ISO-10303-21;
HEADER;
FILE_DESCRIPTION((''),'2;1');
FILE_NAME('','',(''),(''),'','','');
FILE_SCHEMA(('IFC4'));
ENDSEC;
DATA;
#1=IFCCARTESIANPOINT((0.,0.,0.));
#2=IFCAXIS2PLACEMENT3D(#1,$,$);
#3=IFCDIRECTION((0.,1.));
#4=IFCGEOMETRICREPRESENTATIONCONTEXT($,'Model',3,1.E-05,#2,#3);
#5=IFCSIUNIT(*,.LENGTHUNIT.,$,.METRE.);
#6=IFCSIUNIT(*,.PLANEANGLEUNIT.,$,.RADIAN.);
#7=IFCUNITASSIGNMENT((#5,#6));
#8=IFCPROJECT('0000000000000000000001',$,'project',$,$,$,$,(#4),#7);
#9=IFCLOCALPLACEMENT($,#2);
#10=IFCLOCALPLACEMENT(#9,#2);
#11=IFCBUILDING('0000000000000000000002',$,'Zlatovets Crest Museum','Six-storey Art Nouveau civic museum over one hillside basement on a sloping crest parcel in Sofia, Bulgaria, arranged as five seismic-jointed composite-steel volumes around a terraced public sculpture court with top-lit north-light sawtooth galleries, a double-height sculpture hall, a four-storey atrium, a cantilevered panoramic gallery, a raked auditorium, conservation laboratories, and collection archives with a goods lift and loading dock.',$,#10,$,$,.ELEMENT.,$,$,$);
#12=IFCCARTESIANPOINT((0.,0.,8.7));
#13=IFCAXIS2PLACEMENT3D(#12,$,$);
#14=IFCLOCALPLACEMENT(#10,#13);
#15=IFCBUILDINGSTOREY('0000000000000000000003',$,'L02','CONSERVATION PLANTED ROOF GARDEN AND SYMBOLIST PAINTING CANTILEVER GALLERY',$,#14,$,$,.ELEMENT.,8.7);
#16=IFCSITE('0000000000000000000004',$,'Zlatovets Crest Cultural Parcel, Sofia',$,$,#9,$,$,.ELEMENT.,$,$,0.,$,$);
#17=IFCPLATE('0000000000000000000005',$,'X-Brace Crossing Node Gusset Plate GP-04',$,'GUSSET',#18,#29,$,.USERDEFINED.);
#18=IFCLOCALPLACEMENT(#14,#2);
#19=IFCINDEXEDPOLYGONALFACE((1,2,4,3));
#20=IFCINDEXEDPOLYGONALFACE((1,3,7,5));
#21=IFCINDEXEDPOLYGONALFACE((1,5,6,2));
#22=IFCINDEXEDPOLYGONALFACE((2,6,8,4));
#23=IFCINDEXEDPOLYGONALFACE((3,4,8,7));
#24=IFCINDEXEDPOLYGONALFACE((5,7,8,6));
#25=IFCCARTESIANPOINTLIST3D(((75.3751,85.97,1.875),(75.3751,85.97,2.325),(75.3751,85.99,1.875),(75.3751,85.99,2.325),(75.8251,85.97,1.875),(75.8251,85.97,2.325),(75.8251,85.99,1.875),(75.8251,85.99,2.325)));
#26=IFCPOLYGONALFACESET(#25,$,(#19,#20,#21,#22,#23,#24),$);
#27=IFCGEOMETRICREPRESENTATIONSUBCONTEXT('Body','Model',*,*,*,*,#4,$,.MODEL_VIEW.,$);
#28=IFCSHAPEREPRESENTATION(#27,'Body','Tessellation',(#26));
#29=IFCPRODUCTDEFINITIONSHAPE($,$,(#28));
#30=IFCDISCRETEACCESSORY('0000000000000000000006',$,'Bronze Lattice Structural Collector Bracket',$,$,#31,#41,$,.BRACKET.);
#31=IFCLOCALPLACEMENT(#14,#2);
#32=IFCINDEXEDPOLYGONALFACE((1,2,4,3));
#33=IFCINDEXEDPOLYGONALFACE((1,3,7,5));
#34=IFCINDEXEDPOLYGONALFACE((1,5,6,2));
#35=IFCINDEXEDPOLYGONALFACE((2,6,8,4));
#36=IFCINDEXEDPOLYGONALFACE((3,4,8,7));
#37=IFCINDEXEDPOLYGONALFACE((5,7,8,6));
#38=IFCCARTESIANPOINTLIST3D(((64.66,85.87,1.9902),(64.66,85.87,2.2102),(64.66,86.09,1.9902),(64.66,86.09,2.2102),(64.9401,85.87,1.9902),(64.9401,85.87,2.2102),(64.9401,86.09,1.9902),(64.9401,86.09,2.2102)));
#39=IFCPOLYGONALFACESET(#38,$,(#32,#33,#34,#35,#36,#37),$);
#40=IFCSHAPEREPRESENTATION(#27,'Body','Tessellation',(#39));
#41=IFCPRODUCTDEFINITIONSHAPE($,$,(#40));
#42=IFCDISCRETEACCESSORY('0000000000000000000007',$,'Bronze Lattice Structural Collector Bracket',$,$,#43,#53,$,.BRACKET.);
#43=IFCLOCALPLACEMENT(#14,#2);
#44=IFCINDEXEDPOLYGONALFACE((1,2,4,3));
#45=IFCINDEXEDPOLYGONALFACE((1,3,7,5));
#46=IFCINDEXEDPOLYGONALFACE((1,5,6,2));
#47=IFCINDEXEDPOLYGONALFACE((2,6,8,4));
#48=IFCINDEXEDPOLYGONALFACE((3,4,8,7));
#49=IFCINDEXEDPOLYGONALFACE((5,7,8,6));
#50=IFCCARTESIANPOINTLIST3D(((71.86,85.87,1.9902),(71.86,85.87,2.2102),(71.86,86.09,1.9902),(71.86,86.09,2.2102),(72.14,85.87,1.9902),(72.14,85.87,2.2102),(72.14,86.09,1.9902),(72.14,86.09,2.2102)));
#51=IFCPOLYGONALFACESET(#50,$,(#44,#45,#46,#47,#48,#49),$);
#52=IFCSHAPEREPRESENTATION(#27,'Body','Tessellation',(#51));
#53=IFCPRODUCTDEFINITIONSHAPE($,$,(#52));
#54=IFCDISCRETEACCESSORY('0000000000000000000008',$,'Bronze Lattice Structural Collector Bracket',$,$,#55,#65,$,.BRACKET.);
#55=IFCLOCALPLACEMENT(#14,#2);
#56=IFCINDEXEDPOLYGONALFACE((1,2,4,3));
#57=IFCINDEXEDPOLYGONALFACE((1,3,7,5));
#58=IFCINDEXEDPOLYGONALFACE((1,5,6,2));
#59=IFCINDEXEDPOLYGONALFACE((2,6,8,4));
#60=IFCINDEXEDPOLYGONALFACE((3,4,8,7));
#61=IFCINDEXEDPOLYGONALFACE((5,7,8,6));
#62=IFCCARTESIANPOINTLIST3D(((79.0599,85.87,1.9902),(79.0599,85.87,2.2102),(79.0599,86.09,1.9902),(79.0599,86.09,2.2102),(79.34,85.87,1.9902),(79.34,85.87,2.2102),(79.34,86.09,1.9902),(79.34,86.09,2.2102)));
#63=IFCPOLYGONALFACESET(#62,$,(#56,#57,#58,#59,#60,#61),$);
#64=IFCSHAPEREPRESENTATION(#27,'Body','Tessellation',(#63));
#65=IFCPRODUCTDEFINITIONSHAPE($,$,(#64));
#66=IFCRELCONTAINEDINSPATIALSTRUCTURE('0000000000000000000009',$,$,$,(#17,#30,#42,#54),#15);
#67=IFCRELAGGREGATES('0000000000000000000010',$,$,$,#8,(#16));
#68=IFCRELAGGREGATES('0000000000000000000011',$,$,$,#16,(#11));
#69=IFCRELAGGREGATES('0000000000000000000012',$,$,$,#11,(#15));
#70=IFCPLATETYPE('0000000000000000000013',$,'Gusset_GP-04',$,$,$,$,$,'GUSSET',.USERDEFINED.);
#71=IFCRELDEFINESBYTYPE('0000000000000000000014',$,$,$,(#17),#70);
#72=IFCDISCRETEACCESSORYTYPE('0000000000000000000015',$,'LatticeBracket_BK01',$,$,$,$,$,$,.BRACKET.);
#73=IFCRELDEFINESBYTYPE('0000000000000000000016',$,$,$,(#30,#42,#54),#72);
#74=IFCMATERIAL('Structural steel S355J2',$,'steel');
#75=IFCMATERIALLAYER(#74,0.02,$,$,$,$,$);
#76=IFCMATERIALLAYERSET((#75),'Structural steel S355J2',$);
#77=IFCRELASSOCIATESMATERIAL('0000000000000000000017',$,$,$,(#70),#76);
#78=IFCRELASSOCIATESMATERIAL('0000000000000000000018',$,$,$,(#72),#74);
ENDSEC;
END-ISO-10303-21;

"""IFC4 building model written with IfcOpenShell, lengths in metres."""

from ifc_helpers import new_model, si_unit, direction, frame, origin, origin_2d, place, context, subcontext, project, spatial, rectangle, extrude, material, layer, layer_set, type_object, element, save


model = new_model("IFC4")

# Units and contexts
model_context = context("Model", 3, precision=1e-05, world=origin(), true_north=direction((0.0, 1.0)))
body_context = subcontext(model_context, "Body", "Model", "MODEL_VIEW")
ifc_project = project(units=[si_unit("LENGTHUNIT", "METRE"), si_unit("PLANEANGLEUNIT", "RADIAN")], contexts=[model_context])

# Site, building, storey
site_placement = place(None, origin())
site = spatial("IfcSite", under=ifc_project, at=site_placement, Name="Zlatovets Crest Cultural Parcel, Sofia", CompositionType="ELEMENT", RefElevation=0.0)
building_placement = place(site_placement, origin())
building = spatial("IfcBuilding", under=site, at=building_placement, Name="Zlatovets Crest Museum", Description="Six-storey Art Nouveau civic museum over one hillside basement on a sloping crest parcel in Sofia, Bulgaria, arranged as five seismic-jointed composite-steel volumes around a terraced public sculpture court with top-lit north-light sawtooth galleries, a double-height sculpture hall, a four-storey atrium, a cantilevered panoramic gallery, a raked auditorium, conservation laboratories, and collection archives with a goods lift and loading dock.", CompositionType="ELEMENT")
storey_placement = place(building_placement, frame((0.0, 0.0, 8.7)))
storey = spatial("IfcBuildingStorey", under=building, at=storey_placement, Name="L02", Description="CONSERVATION PLANTED ROOF GARDEN AND SYMBOLIST PAINTING CANTILEVER GALLERY", CompositionType="ELEMENT", Elevation=8.7)

# Shared definitions
ifc_material_1 = material(Name="Structural steel S355J2", Category="steel")

# Plate
ifc_layer_1 = layer(ifc_material_1, 0.02)
ifc_layer_set_1 = layer_set([ifc_layer_1], Name="Structural steel S355J2")
plate_type_1 = type_object("IfcPlateType", Name="Gusset_GP-04", ElementType="GUSSET", PredefinedType="USERDEFINED", material=ifc_layer_set_1)
for number, where, z_axis, x_axis, name in (
    (1, (75.6001, 85.98, 1.875), (0.0, 0.0, 1.0), (1.0, 0.0, 0.0), "X-Brace Crossing Node Gusset Plate GP-04"),
):
    element("IfcPlate", number, at=place(storey_placement, frame(where, z_axis=z_axis, x_axis=x_axis)), inside=storey, type_object=plate_type_1, Name=name, ObjectType="GUSSET", PredefinedType="USERDEFINED", context=body_context, shape_type="SweptSolid", body=[
        extrude(rectangle(XDim=0.45, YDim=0.02, at=origin_2d()), origin(), (0.0, 0.0, 1.0), 0.45),
    ])

# Discrete accessories
discrete_accessory_type = type_object("IfcDiscreteAccessoryType", Name="LatticeBracket_BK01", PredefinedType="BRACKET", material=ifc_material_1)
for number, where, z_axis, x_axis, name in (
    (2, (64.8, 85.98, 1.9902), (0.0, 0.0, 1.0), (1.0, 0.0, 0.0), "Bronze Lattice Structural Collector Bracket"),
    (3, (72.0, 85.98, 1.9902), (0.0, 0.0, 1.0), (1.0, 0.0, 0.0), "Bronze Lattice Structural Collector Bracket"),
    (4, (79.2, 85.98, 1.9902), (0.0, 0.0, 1.0), (1.0, 0.0, 0.0), "Bronze Lattice Structural Collector Bracket"),
):
    element("IfcDiscreteAccessory", number, at=place(storey_placement, frame(where, z_axis=z_axis, x_axis=x_axis)), inside=storey, type_object=discrete_accessory_type, Name=name, PredefinedType="BRACKET", context=body_context, shape_type="SweptSolid", body=[
        extrude(rectangle(XDim=0.28, YDim=0.22, at=origin_2d()), origin(), (0.0, 0.0, 1.0), 0.22),
    ])

save(model, "model.ifc")
